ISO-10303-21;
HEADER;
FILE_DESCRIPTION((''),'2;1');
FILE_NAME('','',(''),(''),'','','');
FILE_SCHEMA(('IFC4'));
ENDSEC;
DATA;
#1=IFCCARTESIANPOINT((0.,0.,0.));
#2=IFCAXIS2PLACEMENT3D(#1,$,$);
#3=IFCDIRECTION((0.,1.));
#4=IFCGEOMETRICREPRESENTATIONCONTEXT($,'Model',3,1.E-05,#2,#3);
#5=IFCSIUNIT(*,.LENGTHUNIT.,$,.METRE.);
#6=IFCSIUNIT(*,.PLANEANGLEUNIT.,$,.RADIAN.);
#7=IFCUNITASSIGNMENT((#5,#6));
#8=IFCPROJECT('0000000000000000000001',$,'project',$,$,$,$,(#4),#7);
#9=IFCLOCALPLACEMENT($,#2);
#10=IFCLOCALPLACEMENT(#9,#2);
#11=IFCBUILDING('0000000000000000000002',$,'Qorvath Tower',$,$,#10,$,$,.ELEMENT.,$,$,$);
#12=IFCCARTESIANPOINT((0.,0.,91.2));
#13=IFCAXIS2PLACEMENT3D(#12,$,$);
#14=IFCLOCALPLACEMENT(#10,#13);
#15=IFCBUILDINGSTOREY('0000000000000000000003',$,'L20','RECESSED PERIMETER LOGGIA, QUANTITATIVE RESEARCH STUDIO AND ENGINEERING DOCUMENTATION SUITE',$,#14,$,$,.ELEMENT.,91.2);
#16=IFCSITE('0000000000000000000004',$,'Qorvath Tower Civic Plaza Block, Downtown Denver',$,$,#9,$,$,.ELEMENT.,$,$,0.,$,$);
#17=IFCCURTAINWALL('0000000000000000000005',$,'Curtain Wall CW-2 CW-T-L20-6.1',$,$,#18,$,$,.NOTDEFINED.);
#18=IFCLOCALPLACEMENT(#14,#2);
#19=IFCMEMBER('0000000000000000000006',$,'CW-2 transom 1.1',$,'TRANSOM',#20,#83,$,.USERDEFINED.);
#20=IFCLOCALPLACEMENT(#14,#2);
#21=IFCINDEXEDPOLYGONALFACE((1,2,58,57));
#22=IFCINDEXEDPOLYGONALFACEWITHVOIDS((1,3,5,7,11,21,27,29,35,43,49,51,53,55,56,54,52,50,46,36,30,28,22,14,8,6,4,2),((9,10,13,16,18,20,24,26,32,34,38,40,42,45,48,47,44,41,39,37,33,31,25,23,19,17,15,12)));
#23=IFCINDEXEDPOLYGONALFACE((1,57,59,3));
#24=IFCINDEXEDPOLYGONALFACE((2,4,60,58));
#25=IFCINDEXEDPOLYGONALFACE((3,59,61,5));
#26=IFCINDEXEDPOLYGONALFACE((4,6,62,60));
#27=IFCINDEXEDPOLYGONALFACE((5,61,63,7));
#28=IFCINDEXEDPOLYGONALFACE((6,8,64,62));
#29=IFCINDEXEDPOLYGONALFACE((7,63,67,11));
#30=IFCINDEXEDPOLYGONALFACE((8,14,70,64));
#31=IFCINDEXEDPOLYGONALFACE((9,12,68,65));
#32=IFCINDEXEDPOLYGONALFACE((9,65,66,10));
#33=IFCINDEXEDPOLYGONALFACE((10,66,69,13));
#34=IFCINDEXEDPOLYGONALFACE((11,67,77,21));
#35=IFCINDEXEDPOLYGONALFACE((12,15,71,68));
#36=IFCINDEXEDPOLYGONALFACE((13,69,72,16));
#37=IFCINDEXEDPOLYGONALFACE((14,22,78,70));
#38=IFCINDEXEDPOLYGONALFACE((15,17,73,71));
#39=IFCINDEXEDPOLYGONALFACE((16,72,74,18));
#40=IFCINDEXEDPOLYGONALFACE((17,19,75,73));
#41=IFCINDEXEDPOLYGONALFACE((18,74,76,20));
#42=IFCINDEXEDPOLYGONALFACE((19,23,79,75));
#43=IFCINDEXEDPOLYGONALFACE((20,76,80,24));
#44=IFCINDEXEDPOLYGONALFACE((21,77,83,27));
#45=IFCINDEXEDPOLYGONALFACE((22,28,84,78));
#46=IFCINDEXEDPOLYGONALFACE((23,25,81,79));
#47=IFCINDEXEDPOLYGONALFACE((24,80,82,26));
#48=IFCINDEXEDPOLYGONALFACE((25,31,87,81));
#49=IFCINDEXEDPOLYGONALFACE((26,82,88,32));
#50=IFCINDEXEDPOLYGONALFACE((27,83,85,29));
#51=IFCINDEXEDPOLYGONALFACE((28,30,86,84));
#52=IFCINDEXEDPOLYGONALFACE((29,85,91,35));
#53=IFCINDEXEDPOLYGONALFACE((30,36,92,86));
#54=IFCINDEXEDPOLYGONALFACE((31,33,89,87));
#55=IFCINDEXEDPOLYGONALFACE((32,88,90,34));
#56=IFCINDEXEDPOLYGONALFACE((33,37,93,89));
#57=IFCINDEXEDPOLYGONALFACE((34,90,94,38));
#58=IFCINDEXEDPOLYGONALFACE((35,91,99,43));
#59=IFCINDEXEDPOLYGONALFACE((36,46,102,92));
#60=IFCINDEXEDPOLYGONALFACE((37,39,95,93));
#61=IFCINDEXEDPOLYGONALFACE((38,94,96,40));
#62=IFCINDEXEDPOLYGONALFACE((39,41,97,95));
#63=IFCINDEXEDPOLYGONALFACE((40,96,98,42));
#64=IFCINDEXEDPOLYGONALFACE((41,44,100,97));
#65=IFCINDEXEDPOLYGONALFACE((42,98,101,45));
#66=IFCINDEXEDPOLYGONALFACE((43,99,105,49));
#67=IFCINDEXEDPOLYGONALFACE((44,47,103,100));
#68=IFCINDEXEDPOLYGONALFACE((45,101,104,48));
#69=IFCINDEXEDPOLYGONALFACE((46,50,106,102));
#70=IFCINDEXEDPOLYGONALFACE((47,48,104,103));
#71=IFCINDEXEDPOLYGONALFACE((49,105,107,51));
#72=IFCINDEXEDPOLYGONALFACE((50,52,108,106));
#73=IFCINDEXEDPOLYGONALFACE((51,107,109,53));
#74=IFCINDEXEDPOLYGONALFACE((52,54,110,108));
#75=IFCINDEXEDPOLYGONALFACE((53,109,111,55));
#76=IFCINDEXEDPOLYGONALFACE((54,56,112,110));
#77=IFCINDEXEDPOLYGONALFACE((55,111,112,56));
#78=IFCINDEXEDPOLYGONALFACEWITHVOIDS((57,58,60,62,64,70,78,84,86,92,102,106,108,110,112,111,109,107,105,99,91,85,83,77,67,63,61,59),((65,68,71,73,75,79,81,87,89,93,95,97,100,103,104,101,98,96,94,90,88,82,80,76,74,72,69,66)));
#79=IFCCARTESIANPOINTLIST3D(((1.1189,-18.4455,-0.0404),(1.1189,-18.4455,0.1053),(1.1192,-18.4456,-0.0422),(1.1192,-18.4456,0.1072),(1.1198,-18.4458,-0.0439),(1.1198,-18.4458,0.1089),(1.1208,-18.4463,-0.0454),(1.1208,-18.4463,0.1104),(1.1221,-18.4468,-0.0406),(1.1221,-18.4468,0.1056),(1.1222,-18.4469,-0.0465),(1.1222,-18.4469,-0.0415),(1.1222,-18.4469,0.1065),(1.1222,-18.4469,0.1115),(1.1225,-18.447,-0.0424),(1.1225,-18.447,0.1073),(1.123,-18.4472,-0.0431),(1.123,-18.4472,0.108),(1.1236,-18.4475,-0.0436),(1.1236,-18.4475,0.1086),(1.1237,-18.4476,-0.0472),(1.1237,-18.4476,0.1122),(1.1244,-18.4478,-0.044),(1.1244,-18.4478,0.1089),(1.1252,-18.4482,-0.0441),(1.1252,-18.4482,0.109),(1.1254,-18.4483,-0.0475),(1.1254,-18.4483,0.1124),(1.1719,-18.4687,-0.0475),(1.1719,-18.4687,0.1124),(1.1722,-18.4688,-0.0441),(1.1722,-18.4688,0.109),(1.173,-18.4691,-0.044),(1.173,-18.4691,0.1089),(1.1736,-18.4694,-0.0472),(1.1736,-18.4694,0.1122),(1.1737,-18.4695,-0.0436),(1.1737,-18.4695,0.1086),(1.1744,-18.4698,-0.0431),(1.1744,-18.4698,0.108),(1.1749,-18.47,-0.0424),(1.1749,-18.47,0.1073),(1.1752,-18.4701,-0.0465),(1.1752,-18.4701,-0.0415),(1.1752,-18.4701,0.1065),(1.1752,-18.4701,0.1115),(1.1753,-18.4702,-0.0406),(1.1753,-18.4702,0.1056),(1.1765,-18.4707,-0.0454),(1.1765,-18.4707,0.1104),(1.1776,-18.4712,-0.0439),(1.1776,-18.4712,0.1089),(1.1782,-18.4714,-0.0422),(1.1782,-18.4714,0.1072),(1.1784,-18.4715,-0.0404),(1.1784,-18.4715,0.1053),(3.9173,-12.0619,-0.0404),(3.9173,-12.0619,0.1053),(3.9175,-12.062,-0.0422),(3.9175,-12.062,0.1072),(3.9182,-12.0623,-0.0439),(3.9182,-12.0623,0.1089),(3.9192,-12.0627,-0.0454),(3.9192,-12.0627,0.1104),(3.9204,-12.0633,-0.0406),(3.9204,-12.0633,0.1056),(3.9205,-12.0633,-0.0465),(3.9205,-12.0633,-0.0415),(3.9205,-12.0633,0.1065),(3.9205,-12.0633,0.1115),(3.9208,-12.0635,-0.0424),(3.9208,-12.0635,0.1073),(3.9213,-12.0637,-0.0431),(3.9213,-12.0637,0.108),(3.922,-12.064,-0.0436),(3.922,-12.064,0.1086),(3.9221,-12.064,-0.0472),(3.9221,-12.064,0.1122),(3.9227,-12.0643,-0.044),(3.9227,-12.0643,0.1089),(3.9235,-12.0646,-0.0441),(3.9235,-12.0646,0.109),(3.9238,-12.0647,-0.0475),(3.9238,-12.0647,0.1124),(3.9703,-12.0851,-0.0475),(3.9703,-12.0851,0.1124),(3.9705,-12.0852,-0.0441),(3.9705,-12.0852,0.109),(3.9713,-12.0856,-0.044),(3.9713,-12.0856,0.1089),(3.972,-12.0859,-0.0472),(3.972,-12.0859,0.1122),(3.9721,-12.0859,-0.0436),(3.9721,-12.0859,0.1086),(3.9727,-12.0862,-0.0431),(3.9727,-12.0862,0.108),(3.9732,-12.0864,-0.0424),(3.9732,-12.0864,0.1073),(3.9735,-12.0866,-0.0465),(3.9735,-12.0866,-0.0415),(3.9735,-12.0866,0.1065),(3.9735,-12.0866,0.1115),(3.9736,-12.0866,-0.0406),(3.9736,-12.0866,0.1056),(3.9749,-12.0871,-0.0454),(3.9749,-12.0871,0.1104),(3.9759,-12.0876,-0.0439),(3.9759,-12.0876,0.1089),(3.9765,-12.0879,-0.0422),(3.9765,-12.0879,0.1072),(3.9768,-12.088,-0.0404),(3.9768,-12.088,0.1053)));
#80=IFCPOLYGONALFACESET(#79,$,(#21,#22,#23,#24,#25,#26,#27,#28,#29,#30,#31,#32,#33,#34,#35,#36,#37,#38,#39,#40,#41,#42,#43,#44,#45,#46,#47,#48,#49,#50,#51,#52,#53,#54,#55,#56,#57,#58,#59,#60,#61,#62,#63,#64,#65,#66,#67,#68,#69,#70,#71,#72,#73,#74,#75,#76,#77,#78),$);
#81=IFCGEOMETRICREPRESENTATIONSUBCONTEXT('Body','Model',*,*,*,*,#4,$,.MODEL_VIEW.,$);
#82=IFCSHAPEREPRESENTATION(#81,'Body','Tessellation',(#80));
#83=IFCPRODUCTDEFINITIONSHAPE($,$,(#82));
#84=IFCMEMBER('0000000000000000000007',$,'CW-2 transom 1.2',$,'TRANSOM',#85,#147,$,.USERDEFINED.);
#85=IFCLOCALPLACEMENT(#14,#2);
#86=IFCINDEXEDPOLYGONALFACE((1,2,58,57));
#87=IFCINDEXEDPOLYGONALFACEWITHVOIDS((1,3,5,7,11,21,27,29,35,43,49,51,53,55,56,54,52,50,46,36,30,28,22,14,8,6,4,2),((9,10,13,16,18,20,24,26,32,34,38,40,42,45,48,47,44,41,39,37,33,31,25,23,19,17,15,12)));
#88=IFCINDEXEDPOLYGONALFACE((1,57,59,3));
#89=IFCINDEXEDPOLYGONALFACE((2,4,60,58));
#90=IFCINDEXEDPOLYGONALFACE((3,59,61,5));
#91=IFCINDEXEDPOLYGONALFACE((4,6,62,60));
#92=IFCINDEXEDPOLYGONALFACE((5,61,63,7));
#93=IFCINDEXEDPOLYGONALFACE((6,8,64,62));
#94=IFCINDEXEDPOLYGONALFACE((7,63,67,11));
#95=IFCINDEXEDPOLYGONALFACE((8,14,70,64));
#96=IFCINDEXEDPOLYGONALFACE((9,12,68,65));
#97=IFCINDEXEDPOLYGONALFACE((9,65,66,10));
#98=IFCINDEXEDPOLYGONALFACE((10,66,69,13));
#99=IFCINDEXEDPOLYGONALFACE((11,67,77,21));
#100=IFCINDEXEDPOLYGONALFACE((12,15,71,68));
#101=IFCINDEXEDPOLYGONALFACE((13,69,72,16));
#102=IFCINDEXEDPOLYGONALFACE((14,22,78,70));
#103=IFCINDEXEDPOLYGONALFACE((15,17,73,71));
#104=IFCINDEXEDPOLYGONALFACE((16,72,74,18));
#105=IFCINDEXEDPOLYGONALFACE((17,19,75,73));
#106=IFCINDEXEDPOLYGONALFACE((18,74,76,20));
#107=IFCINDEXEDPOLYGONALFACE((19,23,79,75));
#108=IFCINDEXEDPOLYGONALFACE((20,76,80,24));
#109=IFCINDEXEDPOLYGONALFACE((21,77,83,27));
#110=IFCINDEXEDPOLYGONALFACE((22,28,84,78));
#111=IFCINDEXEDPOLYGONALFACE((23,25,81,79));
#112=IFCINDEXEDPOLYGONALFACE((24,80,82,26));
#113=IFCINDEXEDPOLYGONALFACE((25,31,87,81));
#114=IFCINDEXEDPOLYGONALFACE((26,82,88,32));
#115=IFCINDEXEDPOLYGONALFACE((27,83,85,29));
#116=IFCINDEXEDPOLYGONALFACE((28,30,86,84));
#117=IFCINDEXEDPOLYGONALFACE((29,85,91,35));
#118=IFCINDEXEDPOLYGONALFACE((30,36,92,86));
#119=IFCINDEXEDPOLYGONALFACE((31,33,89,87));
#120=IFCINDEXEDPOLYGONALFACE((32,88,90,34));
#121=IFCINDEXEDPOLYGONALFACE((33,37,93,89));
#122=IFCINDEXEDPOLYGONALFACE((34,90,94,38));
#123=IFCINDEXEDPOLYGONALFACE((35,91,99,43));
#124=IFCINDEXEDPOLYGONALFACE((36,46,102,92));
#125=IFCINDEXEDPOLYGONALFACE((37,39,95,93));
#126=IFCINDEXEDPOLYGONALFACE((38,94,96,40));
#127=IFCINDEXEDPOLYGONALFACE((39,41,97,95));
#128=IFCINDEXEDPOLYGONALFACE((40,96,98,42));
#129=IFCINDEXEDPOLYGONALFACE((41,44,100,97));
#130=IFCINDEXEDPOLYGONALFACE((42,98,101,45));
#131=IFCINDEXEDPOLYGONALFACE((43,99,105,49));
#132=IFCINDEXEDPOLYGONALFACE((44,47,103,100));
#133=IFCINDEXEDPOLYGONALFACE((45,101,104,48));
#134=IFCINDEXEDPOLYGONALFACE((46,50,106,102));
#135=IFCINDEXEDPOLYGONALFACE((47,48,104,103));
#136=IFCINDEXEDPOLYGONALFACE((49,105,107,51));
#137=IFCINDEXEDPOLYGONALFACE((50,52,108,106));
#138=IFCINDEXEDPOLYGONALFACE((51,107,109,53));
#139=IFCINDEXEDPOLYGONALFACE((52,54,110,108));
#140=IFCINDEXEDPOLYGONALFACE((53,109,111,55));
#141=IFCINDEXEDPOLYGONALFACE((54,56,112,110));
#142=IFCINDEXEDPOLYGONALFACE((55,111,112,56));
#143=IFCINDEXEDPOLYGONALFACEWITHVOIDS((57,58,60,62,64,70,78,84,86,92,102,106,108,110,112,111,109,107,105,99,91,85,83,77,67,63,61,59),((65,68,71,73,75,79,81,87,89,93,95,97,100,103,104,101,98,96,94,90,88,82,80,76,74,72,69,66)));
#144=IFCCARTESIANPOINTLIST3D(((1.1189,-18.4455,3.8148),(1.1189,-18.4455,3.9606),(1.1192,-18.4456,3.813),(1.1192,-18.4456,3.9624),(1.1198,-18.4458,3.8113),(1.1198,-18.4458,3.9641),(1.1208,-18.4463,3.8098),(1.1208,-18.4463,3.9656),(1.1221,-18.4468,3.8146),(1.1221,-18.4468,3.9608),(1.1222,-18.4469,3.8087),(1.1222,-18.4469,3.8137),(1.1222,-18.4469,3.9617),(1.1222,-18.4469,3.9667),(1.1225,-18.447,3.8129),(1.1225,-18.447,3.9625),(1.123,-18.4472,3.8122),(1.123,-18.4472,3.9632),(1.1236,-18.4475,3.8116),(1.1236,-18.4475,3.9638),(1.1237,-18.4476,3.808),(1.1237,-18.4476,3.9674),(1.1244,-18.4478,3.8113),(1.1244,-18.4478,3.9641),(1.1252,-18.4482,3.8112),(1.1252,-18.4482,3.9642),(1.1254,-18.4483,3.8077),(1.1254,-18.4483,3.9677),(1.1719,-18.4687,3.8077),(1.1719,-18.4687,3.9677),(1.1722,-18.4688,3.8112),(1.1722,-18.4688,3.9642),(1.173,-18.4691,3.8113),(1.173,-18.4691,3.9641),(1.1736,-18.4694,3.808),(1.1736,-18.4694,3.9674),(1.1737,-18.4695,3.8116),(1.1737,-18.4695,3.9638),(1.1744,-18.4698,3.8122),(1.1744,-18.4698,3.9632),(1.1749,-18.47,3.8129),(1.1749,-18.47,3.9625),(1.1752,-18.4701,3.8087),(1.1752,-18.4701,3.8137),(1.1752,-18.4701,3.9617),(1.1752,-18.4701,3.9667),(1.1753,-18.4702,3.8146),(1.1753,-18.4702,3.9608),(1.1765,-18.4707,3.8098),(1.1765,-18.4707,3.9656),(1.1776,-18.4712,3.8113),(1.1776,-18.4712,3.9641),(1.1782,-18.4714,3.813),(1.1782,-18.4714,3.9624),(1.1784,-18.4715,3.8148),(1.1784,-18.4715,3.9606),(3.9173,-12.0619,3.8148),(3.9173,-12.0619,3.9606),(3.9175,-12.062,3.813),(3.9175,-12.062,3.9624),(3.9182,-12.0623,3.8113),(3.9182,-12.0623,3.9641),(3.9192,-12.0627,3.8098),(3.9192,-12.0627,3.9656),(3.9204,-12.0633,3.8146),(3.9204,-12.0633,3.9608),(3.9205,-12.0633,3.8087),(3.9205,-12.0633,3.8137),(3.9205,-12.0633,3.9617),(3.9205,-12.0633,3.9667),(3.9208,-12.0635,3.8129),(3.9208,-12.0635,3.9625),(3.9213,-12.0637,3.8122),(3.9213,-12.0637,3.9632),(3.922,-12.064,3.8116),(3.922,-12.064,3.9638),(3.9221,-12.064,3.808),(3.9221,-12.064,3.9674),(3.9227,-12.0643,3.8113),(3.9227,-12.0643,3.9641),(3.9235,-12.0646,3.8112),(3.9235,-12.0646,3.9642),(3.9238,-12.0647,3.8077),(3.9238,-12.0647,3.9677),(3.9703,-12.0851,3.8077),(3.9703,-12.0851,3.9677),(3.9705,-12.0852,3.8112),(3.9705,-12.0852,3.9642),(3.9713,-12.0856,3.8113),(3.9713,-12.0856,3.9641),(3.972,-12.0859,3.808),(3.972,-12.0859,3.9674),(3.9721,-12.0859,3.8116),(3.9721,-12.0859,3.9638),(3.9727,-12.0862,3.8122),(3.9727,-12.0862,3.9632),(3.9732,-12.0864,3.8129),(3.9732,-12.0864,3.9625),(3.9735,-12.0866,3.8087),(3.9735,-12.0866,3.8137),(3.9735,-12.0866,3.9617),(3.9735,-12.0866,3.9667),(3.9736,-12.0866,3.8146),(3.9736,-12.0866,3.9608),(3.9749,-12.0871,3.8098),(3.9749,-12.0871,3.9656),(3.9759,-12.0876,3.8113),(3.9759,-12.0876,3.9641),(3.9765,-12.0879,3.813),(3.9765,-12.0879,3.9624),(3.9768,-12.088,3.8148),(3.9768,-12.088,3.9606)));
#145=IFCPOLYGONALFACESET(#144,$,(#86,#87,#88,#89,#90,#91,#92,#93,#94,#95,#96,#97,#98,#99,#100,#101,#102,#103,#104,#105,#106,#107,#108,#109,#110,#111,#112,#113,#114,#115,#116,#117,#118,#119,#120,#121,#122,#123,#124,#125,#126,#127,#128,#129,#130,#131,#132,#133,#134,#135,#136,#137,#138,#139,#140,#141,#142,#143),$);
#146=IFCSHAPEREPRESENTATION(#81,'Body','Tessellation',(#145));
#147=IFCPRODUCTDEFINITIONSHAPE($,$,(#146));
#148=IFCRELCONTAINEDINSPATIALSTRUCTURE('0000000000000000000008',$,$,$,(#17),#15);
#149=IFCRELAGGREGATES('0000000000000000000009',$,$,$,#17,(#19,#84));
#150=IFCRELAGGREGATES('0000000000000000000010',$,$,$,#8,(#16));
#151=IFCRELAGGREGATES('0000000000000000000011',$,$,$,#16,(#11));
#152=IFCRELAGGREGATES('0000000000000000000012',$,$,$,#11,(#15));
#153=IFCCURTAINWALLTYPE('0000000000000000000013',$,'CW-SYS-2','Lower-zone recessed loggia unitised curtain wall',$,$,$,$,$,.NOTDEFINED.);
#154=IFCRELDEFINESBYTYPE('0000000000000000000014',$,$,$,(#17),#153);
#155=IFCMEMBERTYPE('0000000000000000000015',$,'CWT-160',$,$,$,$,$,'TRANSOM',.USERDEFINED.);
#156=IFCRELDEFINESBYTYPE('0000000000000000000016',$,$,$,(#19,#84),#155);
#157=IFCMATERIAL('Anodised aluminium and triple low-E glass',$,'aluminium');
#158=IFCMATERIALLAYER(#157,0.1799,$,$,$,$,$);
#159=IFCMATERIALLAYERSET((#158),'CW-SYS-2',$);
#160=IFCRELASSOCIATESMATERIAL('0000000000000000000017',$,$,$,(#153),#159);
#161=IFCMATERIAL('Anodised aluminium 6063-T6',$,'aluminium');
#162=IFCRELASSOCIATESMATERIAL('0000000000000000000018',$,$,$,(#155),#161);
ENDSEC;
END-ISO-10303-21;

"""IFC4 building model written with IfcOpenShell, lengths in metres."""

from ifc_helpers import new_model, si_unit, direction, frame, origin, origin_2d, place, context, subcontext, project, spatial, hollow_rectangle, extrude, material, layer, layer_set, material_profile, profile_set, type_object, element, aggregate, save


model = new_model("IFC4")

# Units and contexts
model_context = context("Model", 3, precision=1e-05, world=origin(), true_north=direction((0.0, 1.0)))
body_context = subcontext(model_context, "Body", "Model", "MODEL_VIEW")
ifc_project = project(units=[si_unit("LENGTHUNIT", "METRE"), si_unit("PLANEANGLEUNIT", "RADIAN")], contexts=[model_context])

# Site, building, storey
site_placement = place(None, origin())
site = spatial("IfcSite", under=ifc_project, at=site_placement, Name="Qorvath Tower Civic Plaza Block, Downtown Denver", CompositionType="ELEMENT", RefElevation=0.0)
building_placement = place(site_placement, origin())
building = spatial("IfcBuilding", under=site, at=building_placement, Name="Qorvath Tower", CompositionType="ELEMENT")
storey_placement = place(building_placement, frame((0.0, 0.0, 91.2)))
storey = spatial("IfcBuildingStorey", under=building, at=storey_placement, Name="L20", Description="RECESSED PERIMETER LOGGIA, QUANTITATIVE RESEARCH STUDIO AND ENGINEERING DOCUMENTATION SUITE", CompositionType="ELEMENT", Elevation=91.2)

# Shared definitions
ifc_material_1 = material(Name="Anodised aluminium and triple low-E glass", Category="aluminium")
ifc_layer_1 = layer(ifc_material_1, 0.1799)
ifc_layer_set_1 = layer_set([ifc_layer_1], Name="CW-SYS-2")
curtain_wall_type = type_object("IfcCurtainWallType", Name="CW-SYS-2", Description="Lower-zone recessed loggia unitised curtain wall", PredefinedType="NOTDEFINED", material=ifc_layer_set_1)

# Curtain wall
curtain_wall_1_placement = place(storey_placement, origin())
curtain_wall_1 = element("IfcCurtainWall", 1, at=curtain_wall_1_placement, inside=storey, type_object=curtain_wall_type, Name="Curtain Wall CW-2 CW-T-L20-6.1", PredefinedType="NOTDEFINED")

# Members
ifc_material_2 = material(Name="Anodised aluminium 6063-T6", Category="aluminium")
ifc_material_profile_1 = material_profile(ifc_material_2, hollow_rectangle(XDim=0.0649, YDim=0.1599, WallThickness=0.0034, InnerFilletRadius=0.0034, OuterFilletRadius=0.0071, at=origin_2d()), Name="CWT 160x65")
ifc_profile_set_1 = profile_set([ifc_material_profile_1], Name="Anodised aluminium 6063-T6")
member_type_1 = type_object("IfcMemberType", Name="CWT-160", ElementType="TRANSOM", PredefinedType="USERDEFINED", material=ifc_profile_set_1)
member_1_placement = place(storey_placement, frame((1.1487, -18.4585, 0.0325), z_axis=(0.401486, 0.915865, 0.0), x_axis=(-0.915865, 0.401486, 0.0)))
member_1 = element("IfcMember", 2, at=member_1_placement, type_object=member_type_1, Name="CW-2 transom 1.1", ObjectType="TRANSOM", PredefinedType="USERDEFINED", context=body_context, shape_type="SweptSolid", body=[
    extrude(hollow_rectangle(XDim=0.0649, YDim=0.1599, WallThickness=0.0034, InnerFilletRadius=0.0034, OuterFilletRadius=0.0071, at=origin_2d()), origin(), (0.0, 0.0, 1.0), 6.97),
])
member_2_placement = place(storey_placement, frame((1.1487, -18.4585, 3.8877), z_axis=(0.401486, 0.915865, 0.0), x_axis=(-0.915865, 0.401486, 0.0)))
member_2 = element("IfcMember", 3, at=member_2_placement, type_object=member_type_1, Name="CW-2 transom 1.2", ObjectType="TRANSOM", PredefinedType="USERDEFINED", context=body_context, shape_type="SweptSolid", body=[
    extrude(hollow_rectangle(XDim=0.0649, YDim=0.1599, WallThickness=0.0034, InnerFilletRadius=0.0034, OuterFilletRadius=0.0071, at=origin_2d()), origin(), (0.0, 0.0, 1.0), 6.97),
])

aggregate(curtain_wall_1, [member_1, member_2])

save(model, "model.ifc")
